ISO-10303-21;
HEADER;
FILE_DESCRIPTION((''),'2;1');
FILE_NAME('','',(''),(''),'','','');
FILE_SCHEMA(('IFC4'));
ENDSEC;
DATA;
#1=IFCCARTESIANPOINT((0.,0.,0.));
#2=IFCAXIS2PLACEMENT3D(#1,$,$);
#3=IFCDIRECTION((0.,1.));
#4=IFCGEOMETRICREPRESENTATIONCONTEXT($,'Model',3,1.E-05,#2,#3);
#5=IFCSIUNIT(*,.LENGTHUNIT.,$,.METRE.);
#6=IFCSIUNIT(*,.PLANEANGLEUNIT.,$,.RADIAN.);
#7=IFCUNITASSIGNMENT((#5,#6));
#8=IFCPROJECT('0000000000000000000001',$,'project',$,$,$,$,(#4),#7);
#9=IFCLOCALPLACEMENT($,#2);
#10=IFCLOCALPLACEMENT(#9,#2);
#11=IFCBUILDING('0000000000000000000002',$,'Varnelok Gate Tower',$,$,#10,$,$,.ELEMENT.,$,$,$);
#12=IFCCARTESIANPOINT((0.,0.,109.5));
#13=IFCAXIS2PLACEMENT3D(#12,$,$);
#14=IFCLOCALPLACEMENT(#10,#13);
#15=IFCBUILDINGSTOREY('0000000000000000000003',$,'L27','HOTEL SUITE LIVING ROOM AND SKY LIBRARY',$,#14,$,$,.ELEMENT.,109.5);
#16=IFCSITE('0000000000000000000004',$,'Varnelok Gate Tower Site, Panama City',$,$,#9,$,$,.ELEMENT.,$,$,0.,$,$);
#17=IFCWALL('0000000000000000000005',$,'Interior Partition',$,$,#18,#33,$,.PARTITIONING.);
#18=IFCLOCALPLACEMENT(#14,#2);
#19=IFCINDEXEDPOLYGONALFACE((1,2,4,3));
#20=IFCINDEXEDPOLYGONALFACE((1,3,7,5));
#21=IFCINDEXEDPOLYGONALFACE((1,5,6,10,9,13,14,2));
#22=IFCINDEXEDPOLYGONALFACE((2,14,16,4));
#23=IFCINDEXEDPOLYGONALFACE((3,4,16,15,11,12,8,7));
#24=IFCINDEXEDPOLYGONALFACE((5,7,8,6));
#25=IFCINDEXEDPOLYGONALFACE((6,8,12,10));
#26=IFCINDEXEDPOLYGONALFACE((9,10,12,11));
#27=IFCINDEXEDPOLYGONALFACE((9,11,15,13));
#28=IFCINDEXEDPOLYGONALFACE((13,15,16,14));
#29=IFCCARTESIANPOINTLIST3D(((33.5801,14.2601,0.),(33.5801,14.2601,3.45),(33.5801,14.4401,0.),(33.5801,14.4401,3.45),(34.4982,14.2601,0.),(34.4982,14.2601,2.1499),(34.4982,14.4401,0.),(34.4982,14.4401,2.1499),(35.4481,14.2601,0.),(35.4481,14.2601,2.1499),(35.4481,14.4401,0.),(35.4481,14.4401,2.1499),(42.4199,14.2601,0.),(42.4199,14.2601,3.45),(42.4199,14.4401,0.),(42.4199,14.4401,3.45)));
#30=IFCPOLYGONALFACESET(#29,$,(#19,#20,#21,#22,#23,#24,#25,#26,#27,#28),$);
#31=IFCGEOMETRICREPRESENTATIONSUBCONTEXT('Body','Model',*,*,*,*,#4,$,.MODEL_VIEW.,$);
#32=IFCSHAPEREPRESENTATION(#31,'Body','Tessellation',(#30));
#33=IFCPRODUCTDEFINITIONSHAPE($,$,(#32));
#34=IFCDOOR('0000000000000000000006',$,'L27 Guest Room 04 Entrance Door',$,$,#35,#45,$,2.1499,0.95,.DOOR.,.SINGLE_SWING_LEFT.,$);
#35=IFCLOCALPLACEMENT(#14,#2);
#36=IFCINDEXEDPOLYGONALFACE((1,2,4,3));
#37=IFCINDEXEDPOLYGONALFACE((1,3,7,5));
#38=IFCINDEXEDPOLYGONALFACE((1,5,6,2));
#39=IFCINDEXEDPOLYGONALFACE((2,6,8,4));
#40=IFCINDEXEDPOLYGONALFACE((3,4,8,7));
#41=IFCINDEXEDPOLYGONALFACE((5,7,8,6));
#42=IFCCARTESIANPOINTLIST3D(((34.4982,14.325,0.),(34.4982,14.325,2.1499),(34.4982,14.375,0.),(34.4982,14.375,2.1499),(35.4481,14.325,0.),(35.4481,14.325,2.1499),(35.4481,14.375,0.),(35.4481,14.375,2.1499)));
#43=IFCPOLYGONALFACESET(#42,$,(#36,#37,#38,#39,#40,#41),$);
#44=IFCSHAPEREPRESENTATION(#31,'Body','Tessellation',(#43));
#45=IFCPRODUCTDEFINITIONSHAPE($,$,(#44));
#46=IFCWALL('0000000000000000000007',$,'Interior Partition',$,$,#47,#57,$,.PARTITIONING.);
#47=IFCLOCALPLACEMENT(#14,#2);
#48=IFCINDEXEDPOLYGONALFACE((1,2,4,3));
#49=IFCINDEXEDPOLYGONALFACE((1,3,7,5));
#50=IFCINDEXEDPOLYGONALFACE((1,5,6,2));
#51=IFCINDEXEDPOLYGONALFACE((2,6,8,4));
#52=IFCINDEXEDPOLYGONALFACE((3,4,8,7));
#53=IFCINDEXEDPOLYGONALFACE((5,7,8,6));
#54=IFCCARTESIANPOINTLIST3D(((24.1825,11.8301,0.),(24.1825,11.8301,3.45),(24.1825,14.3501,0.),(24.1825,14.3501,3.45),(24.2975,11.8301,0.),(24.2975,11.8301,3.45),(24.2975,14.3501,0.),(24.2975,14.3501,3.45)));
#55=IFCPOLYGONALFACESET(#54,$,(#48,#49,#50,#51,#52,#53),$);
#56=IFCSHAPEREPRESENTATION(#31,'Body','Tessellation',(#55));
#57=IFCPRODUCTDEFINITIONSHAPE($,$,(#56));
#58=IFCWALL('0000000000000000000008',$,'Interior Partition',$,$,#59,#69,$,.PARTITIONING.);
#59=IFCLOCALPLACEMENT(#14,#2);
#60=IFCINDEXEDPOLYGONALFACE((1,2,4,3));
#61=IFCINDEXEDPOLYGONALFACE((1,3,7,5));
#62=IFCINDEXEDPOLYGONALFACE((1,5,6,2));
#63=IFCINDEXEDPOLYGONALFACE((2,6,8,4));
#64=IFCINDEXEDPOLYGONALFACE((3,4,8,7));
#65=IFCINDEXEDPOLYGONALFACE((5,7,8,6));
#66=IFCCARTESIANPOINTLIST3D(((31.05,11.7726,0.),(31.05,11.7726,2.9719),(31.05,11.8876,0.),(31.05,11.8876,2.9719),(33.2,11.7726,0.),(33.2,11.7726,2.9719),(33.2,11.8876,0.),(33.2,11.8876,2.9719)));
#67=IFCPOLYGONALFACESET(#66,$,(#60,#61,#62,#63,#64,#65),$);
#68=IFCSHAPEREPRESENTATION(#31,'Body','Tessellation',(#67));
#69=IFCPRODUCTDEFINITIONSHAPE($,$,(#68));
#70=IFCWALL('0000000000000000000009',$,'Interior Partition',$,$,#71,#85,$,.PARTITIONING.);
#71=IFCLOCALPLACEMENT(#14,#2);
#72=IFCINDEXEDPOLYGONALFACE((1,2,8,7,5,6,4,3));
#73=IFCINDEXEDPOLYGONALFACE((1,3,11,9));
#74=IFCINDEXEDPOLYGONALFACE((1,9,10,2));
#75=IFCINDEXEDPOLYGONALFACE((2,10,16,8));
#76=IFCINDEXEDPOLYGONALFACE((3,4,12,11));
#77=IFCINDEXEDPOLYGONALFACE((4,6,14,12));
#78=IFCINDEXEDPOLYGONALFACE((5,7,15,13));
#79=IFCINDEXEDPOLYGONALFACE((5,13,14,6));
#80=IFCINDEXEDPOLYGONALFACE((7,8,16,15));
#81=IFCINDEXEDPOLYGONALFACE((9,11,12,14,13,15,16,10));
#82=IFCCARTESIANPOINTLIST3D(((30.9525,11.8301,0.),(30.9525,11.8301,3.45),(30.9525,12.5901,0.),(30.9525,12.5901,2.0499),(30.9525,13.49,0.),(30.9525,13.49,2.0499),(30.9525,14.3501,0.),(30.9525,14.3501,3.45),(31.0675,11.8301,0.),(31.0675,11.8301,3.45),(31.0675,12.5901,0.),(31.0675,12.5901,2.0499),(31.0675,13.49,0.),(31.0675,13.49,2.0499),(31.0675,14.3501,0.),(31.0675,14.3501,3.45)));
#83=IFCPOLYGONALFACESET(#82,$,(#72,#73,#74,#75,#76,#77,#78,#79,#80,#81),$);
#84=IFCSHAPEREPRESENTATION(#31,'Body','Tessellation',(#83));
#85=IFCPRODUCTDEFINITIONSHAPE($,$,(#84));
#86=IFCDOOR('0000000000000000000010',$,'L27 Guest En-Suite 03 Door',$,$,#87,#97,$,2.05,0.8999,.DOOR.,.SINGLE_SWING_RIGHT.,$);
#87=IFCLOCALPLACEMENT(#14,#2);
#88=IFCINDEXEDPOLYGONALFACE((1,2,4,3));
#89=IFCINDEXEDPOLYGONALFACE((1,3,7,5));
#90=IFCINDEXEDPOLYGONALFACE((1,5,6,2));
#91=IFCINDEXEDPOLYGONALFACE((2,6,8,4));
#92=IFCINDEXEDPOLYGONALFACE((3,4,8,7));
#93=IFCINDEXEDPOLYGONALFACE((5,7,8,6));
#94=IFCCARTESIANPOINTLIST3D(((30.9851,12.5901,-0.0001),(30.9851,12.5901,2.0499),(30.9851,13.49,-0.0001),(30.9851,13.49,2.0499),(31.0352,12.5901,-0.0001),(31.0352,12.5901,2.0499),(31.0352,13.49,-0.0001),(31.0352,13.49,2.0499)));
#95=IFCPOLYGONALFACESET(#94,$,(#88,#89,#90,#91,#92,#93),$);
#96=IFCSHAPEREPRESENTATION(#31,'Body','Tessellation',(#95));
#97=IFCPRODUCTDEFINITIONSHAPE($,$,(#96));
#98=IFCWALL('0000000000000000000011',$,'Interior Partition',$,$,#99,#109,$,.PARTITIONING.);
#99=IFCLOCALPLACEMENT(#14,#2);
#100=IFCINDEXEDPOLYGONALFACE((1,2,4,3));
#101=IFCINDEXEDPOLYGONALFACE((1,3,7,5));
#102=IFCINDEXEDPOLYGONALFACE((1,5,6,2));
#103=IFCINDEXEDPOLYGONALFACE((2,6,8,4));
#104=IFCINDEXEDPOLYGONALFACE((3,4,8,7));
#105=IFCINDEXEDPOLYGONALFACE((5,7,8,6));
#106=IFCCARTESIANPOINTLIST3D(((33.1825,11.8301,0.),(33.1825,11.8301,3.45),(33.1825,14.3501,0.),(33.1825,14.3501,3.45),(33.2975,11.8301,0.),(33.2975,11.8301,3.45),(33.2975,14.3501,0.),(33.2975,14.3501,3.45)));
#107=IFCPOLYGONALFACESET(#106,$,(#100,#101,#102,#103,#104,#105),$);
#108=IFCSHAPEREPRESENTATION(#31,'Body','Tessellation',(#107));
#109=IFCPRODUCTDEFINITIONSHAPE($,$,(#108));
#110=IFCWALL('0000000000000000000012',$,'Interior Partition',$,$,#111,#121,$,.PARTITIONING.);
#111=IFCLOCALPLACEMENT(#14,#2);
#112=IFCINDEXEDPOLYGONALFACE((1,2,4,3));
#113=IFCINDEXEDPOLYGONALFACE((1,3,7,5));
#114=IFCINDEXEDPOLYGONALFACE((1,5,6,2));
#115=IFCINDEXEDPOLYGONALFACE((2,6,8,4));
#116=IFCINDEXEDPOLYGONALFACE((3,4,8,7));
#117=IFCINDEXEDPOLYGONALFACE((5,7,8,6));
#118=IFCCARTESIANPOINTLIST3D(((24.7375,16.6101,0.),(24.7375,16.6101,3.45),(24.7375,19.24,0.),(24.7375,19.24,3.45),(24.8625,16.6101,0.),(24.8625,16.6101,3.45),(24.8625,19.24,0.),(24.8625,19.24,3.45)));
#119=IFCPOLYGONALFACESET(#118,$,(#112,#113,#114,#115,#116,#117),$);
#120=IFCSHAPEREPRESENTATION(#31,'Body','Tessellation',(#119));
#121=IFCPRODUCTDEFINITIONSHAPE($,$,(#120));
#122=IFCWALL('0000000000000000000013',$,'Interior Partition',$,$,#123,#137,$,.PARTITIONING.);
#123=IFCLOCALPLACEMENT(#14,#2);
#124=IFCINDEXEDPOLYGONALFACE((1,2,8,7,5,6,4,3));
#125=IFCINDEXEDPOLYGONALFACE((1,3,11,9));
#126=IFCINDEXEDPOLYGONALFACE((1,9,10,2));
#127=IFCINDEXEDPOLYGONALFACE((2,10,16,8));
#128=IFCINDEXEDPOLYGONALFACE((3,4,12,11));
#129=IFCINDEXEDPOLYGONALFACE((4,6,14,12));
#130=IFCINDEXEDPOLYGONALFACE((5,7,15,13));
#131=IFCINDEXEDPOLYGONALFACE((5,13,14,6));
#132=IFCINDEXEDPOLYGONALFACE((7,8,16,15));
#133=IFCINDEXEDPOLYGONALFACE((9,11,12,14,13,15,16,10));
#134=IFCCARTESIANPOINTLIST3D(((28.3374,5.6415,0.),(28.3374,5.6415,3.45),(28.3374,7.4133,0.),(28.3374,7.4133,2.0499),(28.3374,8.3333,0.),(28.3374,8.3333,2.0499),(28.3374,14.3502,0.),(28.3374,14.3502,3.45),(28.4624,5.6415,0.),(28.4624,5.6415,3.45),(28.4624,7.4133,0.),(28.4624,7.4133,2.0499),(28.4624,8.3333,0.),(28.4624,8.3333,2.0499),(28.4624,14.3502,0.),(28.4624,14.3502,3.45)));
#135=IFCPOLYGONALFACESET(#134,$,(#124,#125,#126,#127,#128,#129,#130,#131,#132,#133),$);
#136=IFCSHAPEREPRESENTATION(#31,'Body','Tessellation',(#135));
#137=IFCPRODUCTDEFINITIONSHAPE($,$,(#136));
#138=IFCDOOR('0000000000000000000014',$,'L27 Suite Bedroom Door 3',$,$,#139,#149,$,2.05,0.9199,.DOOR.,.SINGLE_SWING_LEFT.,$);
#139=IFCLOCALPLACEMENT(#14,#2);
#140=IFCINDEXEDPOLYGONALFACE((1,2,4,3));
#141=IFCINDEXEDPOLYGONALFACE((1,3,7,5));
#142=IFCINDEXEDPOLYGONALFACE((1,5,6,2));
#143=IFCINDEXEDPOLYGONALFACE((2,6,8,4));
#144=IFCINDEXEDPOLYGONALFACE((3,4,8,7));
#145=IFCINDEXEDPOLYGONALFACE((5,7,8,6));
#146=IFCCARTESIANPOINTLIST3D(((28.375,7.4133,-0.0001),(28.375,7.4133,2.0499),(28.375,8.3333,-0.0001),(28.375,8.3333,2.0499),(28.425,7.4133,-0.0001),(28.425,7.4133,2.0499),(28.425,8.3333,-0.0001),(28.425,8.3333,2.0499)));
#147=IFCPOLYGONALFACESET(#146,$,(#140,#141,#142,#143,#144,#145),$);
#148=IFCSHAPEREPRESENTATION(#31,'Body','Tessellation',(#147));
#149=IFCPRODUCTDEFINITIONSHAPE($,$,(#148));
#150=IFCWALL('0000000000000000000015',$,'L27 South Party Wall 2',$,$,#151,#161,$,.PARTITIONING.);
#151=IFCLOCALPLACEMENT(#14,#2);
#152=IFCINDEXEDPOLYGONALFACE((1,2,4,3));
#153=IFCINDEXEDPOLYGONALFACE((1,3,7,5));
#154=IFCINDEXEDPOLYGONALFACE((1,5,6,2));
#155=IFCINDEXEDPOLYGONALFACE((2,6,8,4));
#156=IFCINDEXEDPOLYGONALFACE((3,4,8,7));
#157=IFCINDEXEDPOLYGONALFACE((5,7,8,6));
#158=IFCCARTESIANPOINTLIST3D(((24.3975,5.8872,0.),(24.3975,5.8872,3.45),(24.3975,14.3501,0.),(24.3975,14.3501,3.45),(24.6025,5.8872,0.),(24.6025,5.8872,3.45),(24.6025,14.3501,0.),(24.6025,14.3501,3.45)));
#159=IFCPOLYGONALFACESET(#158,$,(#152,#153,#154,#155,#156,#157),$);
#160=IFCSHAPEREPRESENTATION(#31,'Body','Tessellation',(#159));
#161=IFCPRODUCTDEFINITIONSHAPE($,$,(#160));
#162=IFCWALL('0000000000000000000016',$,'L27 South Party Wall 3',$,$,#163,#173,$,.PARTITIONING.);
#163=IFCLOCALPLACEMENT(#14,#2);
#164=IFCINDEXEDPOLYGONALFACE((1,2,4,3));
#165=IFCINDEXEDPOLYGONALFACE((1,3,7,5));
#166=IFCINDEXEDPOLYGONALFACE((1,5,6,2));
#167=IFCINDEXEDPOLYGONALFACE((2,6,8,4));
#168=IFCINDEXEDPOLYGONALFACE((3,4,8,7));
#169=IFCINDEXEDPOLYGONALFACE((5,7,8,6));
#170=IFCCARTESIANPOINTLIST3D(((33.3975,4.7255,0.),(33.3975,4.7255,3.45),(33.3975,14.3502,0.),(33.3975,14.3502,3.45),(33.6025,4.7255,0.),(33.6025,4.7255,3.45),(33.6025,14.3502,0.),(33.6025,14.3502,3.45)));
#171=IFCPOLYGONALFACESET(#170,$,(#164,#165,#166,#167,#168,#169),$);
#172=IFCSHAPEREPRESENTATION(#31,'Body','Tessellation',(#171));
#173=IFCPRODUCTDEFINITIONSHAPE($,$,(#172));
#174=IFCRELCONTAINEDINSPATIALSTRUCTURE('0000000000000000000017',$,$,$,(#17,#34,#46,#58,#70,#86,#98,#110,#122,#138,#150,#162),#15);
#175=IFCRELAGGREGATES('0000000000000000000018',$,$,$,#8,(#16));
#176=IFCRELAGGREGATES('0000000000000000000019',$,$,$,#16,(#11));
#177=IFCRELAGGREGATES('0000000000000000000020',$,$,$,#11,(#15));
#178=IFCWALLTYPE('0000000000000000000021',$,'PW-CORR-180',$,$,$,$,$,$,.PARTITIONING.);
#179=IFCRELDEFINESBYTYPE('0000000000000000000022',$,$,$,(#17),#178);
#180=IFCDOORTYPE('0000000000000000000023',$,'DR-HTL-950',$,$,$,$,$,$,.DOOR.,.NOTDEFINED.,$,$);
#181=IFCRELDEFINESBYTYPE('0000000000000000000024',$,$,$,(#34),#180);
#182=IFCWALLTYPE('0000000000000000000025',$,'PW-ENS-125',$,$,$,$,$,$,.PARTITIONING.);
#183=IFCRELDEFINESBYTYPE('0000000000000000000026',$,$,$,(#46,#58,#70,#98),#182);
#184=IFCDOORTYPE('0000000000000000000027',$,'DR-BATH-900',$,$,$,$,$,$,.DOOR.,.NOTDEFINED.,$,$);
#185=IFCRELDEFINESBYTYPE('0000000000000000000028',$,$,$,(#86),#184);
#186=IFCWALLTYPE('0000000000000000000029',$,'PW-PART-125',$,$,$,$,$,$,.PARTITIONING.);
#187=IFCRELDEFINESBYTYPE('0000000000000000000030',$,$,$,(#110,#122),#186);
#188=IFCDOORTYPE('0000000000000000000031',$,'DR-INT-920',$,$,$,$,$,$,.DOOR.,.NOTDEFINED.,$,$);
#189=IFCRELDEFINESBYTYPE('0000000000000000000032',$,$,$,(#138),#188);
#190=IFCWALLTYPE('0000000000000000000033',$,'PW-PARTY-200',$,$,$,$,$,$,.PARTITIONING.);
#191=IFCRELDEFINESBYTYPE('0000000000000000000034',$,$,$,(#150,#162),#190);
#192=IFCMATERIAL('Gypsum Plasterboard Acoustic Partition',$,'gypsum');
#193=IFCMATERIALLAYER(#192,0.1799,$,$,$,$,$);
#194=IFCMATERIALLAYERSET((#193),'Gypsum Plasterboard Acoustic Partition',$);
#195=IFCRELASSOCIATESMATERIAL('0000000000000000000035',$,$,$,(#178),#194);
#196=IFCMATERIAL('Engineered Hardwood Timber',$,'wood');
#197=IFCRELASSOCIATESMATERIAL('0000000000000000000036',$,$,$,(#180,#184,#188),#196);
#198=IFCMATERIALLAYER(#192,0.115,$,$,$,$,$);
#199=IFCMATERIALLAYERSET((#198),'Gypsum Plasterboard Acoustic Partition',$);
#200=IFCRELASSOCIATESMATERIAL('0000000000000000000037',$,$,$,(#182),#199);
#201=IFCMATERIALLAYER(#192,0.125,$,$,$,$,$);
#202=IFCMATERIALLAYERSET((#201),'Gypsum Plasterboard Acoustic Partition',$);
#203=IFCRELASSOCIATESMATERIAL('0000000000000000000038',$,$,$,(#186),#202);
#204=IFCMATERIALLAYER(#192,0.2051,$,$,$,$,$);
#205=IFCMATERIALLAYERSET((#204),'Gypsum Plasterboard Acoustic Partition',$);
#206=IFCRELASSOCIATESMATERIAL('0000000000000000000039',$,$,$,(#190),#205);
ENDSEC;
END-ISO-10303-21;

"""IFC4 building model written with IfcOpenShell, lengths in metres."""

from ifc_helpers import new_model, si_unit, direction, frame, frame_2d, origin, place, context, subcontext, project, spatial, rectangle, extrude, material, layer, layer_set, type_object, element, fill, save


model = new_model("IFC4")

# Units and contexts
model_context = context("Model", 3, precision=1e-05, world=origin(), true_north=direction((0.0, 1.0)))
body_context = subcontext(model_context, "Body", "Model", "MODEL_VIEW")
ifc_project = project(units=[si_unit("LENGTHUNIT", "METRE"), si_unit("PLANEANGLEUNIT", "RADIAN")], contexts=[model_context])

# Site, building, storey
site_placement = place(None, origin())
site = spatial("IfcSite", under=ifc_project, at=site_placement, Name="Varnelok Gate Tower Site, Panama City", CompositionType="ELEMENT", RefElevation=0.0)
building_placement = place(site_placement, origin())
building = spatial("IfcBuilding", under=site, at=building_placement, Name="Varnelok Gate Tower", CompositionType="ELEMENT")
storey_placement = place(building_placement, frame((0.0, 0.0, 109.5)))
storey = spatial("IfcBuildingStorey", under=building, at=storey_placement, Name="L27", Description="HOTEL SUITE LIVING ROOM AND SKY LIBRARY", CompositionType="ELEMENT", Elevation=109.5)

# Wall, opening, door
ifc_material_1 = material(Name="Gypsum Plasterboard Acoustic Partition", Category="gypsum")
ifc_layer_1 = layer(ifc_material_1, 0.1799)
ifc_layer_set_1 = layer_set([ifc_layer_1], Name="Gypsum Plasterboard Acoustic Partition")
wall_type_1 = type_object("IfcWallType", Name="PW-CORR-180", PredefinedType="PARTITIONING", material=ifc_layer_set_1)
ifc_material_2 = material(Name="Engineered Hardwood Timber", Category="wood")
door_type_1 = type_object("IfcDoorType", Name="DR-HTL-950", OperationType="NOTDEFINED", PredefinedType="DOOR", material=ifc_material_2)
wall_1_placement = place(storey_placement, frame((33.5801, 14.3501, 0.0), z_axis=(0.0, 0.0, 1.0), x_axis=(1.0, 0.0, 0.0)))
wall_1 = element("IfcWall", 1, at=wall_1_placement, inside=storey, type_object=wall_type_1, Name="Interior Partition", PredefinedType="PARTITIONING", context=body_context, shape_type="SweptSolid", body=[
    extrude(rectangle(XDim=8.8398, YDim=0.1799, at=frame_2d((4.4199, 0.0))), origin(), (0.0, 0.0, 1.0), 3.45),
])
opening_1_placement = place(wall_1_placement, frame((0.918, 0.0, 0.0)))
opening_1 = element("IfcOpeningElement", 2, at=opening_1_placement, cuts=wall_1, PredefinedType="OPENING", context=body_context, shape_type="SweptSolid", body=[
    extrude(rectangle(XDim=0.95, YDim=2.1499, at=frame_2d((0.4751, 1.075))), frame((0.0, 0.0999, 0.0), z_axis=(0.0, -1.0, 0.0), x_axis=(1.0, 0.0, 0.0)), (0.0, 0.0, 1.0), 0.2),
])
door_1_placement = place(opening_1_placement, origin())
door_1 = element("IfcDoor", 3, at=door_1_placement, inside=storey, type_object=door_type_1, Name="L27 Guest Room 04 Entrance Door", OperationType="SINGLE_SWING_LEFT", OverallHeight=2.1499, OverallWidth=0.95, PredefinedType="DOOR", context=body_context, shape_type="SweptSolid", body=[
    extrude(rectangle(XDim=0.95, YDim=2.1499, at=frame_2d((0.4751, 1.075))), frame((0.0, 0.0249, 0.0), z_axis=(0.0, -1.0, 0.0), x_axis=(1.0, 0.0, 0.0)), (0.0, 0.0, 1.0), 0.05),
])
fill(opening_1, door_1)

# Walls
ifc_layer_2 = layer(ifc_material_1, 0.115)
ifc_layer_set_2 = layer_set([ifc_layer_2], Name="Gypsum Plasterboard Acoustic Partition")
wall_type_2 = type_object("IfcWallType", Name="PW-ENS-125", PredefinedType="PARTITIONING", material=ifc_layer_set_2)
wall_2_placement = place(storey_placement, frame((24.24, 11.8301, 0.0), z_axis=(0.0, 0.0, 1.0), x_axis=(0.0, 1.0, 0.0)))
element("IfcWall", 4, at=wall_2_placement, inside=storey, type_object=wall_type_2, Name="Interior Partition", PredefinedType="PARTITIONING", context=body_context, shape_type="SweptSolid", body=[
    extrude(rectangle(XDim=2.52, YDim=0.115, at=frame_2d((1.26, 0.0))), origin(), (0.0, 0.0, 1.0), 3.45),
])
wall_3_placement = place(storey_placement, frame((31.05, 11.8301, 0.0), z_axis=(0.0, 0.0, 1.0), x_axis=(1.0, 0.0, 0.0)))
element("IfcWall", 5, at=wall_3_placement, inside=storey, type_object=wall_type_2, Name="Interior Partition", PredefinedType="PARTITIONING", context=body_context, shape_type="SweptSolid", body=[
    extrude(rectangle(XDim=2.1499, YDim=0.115, at=frame_2d((1.075, 0.0))), origin(), (0.0, 0.0, 1.0), 2.9719),
])

# Wall, opening, door
wall_4_placement = place(storey_placement, frame((31.01, 11.8301, 0.0), z_axis=(0.0, 0.0, 1.0), x_axis=(0.0, 1.0, 0.0)))
wall_4 = element("IfcWall", 6, at=wall_4_placement, inside=storey, type_object=wall_type_2, Name="Interior Partition", PredefinedType="PARTITIONING", context=body_context, shape_type="SweptSolid", body=[
    extrude(rectangle(XDim=2.52, YDim=0.115, at=frame_2d((1.26, 0.0))), origin(), (0.0, 0.0, 1.0), 3.45),
])
opening_2_placement = place(wall_4_placement, frame((0.76, 0.0, 0.0)))
opening_2 = element("IfcOpeningElement", 7, at=opening_2_placement, cuts=wall_4, PredefinedType="OPENING", context=body_context, shape_type="SweptSolid", body=[
    extrude(rectangle(XDim=0.8999, YDim=2.05, at=frame_2d((0.45, 1.0249))), frame((0.0, 0.0674, 0.0), z_axis=(0.0, -1.0, 0.0), x_axis=(1.0, 0.0, 0.0)), (0.0, 0.0, 1.0), 0.135),
])
door_type_2 = type_object("IfcDoorType", Name="DR-BATH-900", OperationType="NOTDEFINED", PredefinedType="DOOR", material=ifc_material_2)
door_2_placement = place(opening_2_placement, origin())
door_2 = element("IfcDoor", 8, at=door_2_placement, inside=storey, type_object=door_type_2, Name="L27 Guest En-Suite 03 Door", OperationType="SINGLE_SWING_RIGHT", OverallHeight=2.05, OverallWidth=0.8999, PredefinedType="DOOR", context=body_context, shape_type="SweptSolid", body=[
    extrude(rectangle(XDim=0.8999, YDim=2.05, at=frame_2d((0.45, 1.0249))), frame((0.0, 0.0249, 0.0), z_axis=(0.0, -1.0, 0.0), x_axis=(1.0, 0.0, 0.0)), (0.0, 0.0, 1.0), 0.05),
])
fill(opening_2, door_2)

# Walls
wall_5_placement = place(storey_placement, frame((33.24, 11.8301, 0.0), z_axis=(0.0, 0.0, 1.0), x_axis=(0.0, 1.0, 0.0)))
element("IfcWall", 9, at=wall_5_placement, inside=storey, type_object=wall_type_2, Name="Interior Partition", PredefinedType="PARTITIONING", context=body_context, shape_type="SweptSolid", body=[
    extrude(rectangle(XDim=2.52, YDim=0.115, at=frame_2d((1.26, 0.0))), origin(), (0.0, 0.0, 1.0), 3.45),
])
ifc_layer_3 = layer(ifc_material_1, 0.125)
ifc_layer_set_3 = layer_set([ifc_layer_3], Name="Gypsum Plasterboard Acoustic Partition")
wall_type_3 = type_object("IfcWallType", Name="PW-PART-125", PredefinedType="PARTITIONING", material=ifc_layer_set_3)
wall_6_placement = place(storey_placement, frame((24.8, 16.6101, 0.0), z_axis=(0.0, 0.0, 1.0), x_axis=(0.0, 1.0, 0.0)))
element("IfcWall", 10, at=wall_6_placement, inside=storey, type_object=wall_type_3, Name="Interior Partition", PredefinedType="PARTITIONING", context=body_context, shape_type="SweptSolid", body=[
    extrude(rectangle(XDim=2.6299, YDim=0.125, at=frame_2d((1.3149, 0.0))), origin(), (0.0, 0.0, 1.0), 3.45),
])

# Wall, opening, door
wall_7_placement = place(storey_placement, frame((28.3999, 5.6414, 0.0), z_axis=(0.0, 0.0, 1.0), x_axis=(0.0, 1.0, 0.0)))
wall_7 = element("IfcWall", 11, at=wall_7_placement, inside=storey, type_object=wall_type_3, Name="Interior Partition", PredefinedType="PARTITIONING", context=body_context, shape_type="SweptSolid", body=[
    extrude(rectangle(XDim=8.7087, YDim=0.125, at=frame_2d((4.3545, 0.0))), origin(), (0.0, 0.0, 1.0), 3.45),
])
opening_3_placement = place(wall_7_placement, frame((1.772, 0.0, 0.0)))
opening_3 = element("IfcOpeningElement", 12, at=opening_3_placement, cuts=wall_7, PredefinedType="OPENING", context=body_context, shape_type="SweptSolid", body=[
    extrude(rectangle(XDim=0.9199, YDim=2.05, at=frame_2d((0.46, 1.0249))), frame((0.0, 0.0725, 0.0), z_axis=(0.0, -1.0, 0.0), x_axis=(1.0, 0.0, 0.0)), (0.0, 0.0, 1.0), 0.145),
])
door_type_3 = type_object("IfcDoorType", Name="DR-INT-920", OperationType="NOTDEFINED", PredefinedType="DOOR", material=ifc_material_2)
door_3_placement = place(opening_3_placement, origin())
door_3 = element("IfcDoor", 13, at=door_3_placement, inside=storey, type_object=door_type_3, Name="L27 Suite Bedroom Door 3", OperationType="SINGLE_SWING_LEFT", OverallHeight=2.05, OverallWidth=0.9199, PredefinedType="DOOR", context=body_context, shape_type="SweptSolid", body=[
    extrude(rectangle(XDim=0.9199, YDim=2.05, at=frame_2d((0.46, 1.0249))), frame((0.0, 0.0249, 0.0), z_axis=(0.0, -1.0, 0.0), x_axis=(1.0, 0.0, 0.0)), (0.0, 0.0, 1.0), 0.05),
])
fill(opening_3, door_3)

# Walls
ifc_layer_4 = layer(ifc_material_1, 0.2051)
ifc_layer_set_4 = layer_set([ifc_layer_4], Name="Gypsum Plasterboard Acoustic Partition")
wall_type_4 = type_object("IfcWallType", Name="PW-PARTY-200", PredefinedType="PARTITIONING", material=ifc_layer_set_4)
wall_8_placement = place(storey_placement, frame((24.5, 5.8872, 0.0), z_axis=(0.0, 0.0, 1.0), x_axis=(0.0, 1.0, 0.0)))
element("IfcWall", 14, at=wall_8_placement, inside=storey, type_object=wall_type_4, Name="L27 South Party Wall 2", PredefinedType="PARTITIONING", context=body_context, shape_type="SweptSolid", body=[
    extrude(rectangle(XDim=8.4629, YDim=0.2051, at=frame_2d((4.2314, 0.0))), origin(), (0.0, 0.0, 1.0), 3.45),
])
wall_9_placement = place(storey_placement, frame((33.5, 4.7253, 0.0), z_axis=(0.0, 0.0, 1.0), x_axis=(0.0, 1.0, 0.0)))
element("IfcWall", 15, at=wall_9_placement, inside=storey, type_object=wall_type_4, Name="L27 South Party Wall 3", PredefinedType="PARTITIONING", context=body_context, shape_type="SweptSolid", body=[
    extrude(rectangle(XDim=9.6248, YDim=0.2051, at=frame_2d((4.8125, 0.0))), origin(), (0.0, 0.0, 1.0), 3.45),
])

save(model, "model.ifc")
